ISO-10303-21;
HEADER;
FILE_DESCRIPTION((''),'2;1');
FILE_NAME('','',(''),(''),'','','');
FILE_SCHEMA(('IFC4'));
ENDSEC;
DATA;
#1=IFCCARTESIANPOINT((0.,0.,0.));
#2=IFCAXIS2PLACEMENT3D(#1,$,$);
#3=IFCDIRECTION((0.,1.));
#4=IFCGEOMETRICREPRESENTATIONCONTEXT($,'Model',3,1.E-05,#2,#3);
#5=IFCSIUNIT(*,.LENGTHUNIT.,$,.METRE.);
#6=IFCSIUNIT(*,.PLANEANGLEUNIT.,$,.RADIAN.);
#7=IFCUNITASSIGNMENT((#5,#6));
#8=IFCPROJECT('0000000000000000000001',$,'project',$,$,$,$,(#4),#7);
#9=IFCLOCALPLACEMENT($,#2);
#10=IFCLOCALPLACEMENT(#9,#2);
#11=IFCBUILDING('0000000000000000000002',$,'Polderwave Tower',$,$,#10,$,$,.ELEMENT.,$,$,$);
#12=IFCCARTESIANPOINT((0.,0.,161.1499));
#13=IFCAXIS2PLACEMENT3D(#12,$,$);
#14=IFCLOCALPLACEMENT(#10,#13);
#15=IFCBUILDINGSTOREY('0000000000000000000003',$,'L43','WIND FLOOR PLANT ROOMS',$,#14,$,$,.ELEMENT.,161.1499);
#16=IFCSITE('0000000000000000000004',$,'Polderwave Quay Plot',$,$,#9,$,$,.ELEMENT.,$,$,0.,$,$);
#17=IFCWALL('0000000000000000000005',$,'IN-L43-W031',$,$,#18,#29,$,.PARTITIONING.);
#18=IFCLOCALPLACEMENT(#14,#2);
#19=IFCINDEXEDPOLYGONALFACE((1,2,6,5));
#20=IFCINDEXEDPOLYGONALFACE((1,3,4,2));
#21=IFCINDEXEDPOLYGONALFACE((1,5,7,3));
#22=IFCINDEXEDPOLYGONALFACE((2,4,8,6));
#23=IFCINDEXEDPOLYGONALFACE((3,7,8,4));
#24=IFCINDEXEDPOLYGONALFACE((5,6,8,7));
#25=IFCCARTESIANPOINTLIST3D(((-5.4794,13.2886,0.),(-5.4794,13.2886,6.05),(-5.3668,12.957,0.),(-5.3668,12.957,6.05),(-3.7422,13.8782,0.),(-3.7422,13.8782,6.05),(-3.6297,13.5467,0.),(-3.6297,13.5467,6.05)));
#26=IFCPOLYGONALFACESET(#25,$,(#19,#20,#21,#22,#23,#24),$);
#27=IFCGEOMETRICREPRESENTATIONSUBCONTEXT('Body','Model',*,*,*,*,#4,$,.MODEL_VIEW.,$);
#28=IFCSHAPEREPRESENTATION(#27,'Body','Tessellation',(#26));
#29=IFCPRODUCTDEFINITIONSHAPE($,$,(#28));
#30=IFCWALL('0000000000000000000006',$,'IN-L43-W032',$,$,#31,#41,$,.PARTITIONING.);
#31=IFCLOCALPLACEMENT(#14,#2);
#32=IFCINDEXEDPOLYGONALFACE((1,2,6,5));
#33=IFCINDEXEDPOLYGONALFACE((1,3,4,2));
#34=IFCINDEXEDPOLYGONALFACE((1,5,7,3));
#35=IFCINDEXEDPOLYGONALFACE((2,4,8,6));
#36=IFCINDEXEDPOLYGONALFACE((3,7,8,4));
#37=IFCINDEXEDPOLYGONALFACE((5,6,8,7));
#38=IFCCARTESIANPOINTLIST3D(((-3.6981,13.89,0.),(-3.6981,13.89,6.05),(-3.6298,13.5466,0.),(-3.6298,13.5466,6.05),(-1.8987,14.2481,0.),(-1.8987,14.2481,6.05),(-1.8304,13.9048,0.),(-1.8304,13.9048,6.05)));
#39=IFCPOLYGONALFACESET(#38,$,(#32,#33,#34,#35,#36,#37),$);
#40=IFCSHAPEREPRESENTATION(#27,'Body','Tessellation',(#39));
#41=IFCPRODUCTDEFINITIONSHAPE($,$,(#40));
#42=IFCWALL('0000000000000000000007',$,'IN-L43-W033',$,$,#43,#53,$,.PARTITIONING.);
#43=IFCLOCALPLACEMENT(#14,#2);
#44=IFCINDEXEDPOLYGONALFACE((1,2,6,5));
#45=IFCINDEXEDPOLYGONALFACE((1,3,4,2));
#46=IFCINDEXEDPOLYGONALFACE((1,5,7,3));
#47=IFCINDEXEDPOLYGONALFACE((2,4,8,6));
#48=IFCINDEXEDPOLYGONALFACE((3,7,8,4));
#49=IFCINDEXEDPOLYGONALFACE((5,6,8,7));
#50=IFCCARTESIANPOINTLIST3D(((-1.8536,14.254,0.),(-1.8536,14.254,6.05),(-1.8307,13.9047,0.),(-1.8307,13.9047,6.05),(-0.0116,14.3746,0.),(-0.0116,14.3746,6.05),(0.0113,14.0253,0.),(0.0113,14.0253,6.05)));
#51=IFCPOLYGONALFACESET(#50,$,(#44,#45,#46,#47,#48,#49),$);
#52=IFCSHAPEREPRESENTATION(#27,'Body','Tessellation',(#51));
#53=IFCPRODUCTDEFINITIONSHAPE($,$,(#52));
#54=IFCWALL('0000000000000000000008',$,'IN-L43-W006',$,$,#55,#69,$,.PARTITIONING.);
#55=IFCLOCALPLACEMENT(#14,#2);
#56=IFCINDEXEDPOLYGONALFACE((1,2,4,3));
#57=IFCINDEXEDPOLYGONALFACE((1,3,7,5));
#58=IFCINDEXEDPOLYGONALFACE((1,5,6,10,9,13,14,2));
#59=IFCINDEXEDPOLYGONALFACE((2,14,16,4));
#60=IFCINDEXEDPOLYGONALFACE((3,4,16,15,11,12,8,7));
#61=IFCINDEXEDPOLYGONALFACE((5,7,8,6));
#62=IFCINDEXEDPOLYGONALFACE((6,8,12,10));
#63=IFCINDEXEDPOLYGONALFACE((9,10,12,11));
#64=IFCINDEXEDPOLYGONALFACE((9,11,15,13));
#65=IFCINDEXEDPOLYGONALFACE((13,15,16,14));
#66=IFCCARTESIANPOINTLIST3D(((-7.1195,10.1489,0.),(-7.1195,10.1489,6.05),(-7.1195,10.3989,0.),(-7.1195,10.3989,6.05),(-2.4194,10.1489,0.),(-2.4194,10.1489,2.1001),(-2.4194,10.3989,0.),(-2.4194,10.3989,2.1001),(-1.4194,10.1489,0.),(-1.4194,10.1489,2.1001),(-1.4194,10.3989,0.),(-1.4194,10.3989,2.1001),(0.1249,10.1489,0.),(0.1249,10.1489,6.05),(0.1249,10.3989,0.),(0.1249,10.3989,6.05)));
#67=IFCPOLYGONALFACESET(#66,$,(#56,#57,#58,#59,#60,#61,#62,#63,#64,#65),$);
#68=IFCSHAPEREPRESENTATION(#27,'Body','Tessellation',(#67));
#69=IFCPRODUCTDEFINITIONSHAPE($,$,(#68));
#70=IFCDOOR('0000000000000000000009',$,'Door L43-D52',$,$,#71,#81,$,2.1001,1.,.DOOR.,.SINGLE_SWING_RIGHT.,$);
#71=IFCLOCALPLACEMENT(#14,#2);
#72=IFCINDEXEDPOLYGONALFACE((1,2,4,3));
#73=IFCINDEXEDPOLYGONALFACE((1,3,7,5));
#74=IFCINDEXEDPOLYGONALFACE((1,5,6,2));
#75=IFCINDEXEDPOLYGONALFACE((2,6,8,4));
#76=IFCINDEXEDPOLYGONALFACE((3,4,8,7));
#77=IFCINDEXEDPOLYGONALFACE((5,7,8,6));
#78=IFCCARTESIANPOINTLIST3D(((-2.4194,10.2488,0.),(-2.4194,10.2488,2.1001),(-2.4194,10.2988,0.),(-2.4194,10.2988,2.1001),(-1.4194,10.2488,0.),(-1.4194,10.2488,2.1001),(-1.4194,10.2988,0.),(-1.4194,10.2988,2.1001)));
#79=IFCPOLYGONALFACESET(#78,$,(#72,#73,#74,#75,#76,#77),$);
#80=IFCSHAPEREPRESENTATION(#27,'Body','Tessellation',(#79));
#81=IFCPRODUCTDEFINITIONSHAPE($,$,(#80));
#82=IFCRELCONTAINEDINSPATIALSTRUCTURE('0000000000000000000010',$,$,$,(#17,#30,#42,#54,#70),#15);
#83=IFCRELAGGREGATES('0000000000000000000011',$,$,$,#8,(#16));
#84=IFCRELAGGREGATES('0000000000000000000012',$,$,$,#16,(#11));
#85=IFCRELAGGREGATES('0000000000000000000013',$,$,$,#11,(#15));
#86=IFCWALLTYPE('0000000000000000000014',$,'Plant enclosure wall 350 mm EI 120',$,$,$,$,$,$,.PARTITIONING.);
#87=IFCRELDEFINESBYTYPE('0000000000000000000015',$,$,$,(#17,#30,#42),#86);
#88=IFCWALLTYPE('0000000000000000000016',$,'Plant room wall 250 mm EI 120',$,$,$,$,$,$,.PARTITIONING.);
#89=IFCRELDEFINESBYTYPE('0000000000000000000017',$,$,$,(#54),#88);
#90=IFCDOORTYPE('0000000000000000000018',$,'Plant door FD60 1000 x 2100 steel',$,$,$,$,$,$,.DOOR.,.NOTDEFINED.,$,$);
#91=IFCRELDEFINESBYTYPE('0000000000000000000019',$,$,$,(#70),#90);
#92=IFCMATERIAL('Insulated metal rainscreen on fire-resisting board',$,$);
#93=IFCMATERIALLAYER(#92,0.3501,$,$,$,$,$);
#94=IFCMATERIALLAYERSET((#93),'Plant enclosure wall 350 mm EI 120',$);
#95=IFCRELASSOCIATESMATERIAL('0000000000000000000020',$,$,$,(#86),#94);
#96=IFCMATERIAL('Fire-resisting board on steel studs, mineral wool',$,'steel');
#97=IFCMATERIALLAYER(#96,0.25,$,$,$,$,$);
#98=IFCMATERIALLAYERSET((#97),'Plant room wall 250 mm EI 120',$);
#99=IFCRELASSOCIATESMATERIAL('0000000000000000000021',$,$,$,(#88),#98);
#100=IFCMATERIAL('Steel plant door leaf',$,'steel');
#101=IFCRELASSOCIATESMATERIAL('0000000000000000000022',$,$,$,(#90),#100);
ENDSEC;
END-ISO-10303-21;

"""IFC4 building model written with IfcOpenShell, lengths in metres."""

from ifc_helpers import new_model, si_unit, direction, frame, frame_2d, origin, place, context, subcontext, project, spatial, rectangle, extrude, material, layer, layer_set, type_object, element, fill, save


model = new_model("IFC4")

# Units and contexts
model_context = context("Model", 3, precision=1e-05, world=origin(), true_north=direction((0.0, 1.0)))
body_context = subcontext(model_context, "Body", "Model", "MODEL_VIEW")
ifc_project = project(units=[si_unit("LENGTHUNIT", "METRE"), si_unit("PLANEANGLEUNIT", "RADIAN")], contexts=[model_context])

# Site, building, storey
site_placement = place(None, origin())
site = spatial("IfcSite", under=ifc_project, at=site_placement, Name="Polderwave Quay Plot", CompositionType="ELEMENT", RefElevation=0.0)
building_placement = place(site_placement, origin())
building = spatial("IfcBuilding", under=site, at=building_placement, Name="Polderwave Tower", CompositionType="ELEMENT")
storey_placement = place(building_placement, frame((0.0, 0.0, 161.1499)))
storey = spatial("IfcBuildingStorey", under=building, at=storey_placement, Name="L43", Description="WIND FLOOR PLANT ROOMS", CompositionType="ELEMENT", Elevation=161.1499)

# Walls
ifc_material_1 = material(Name="Insulated metal rainscreen on fire-resisting board")
ifc_layer_1 = layer(ifc_material_1, 0.3501)
ifc_layer_set_1 = layer_set([ifc_layer_1], Name="Plant enclosure wall 350 mm EI 120")
wall_type_1 = type_object("IfcWallType", Name="Plant enclosure wall 350 mm EI 120", PredefinedType="PARTITIONING", material=ifc_layer_set_1)
for number, where, z_axis, x_axis, name in (
    (1, (-5.4231, 13.1228, 0.0), (0.0, 0.0, 1.0), (0.946939, 0.321414, 0.0), "IN-L43-W031"),
):
    element("IfcWall", number, at=place(storey_placement, frame(where, z_axis=z_axis, x_axis=x_axis)), inside=storey, type_object=wall_type_1, Name=name, PredefinedType="PARTITIONING", context=body_context, shape_type="SweptSolid", body=[
        extrude(rectangle(XDim=1.8345, YDim=0.3501, at=frame_2d((0.9172, 0.0))), origin(), (0.0, 0.0, 1.0), 6.05),
    ])
wall_1_placement = place(storey_placement, frame((-3.6641, 13.7183, 0.0), z_axis=(0.0, 0.0, 1.0), x_axis=(0.980759, 0.19522, 0.0)))
element("IfcWall", 2, at=wall_1_placement, inside=storey, type_object=wall_type_1, Name="IN-L43-W032", PredefinedType="PARTITIONING", context=body_context, shape_type="SweptSolid", body=[
    extrude(rectangle(XDim=1.8347, YDim=0.3501, at=frame_2d((0.9175, 0.0))), origin(), (0.0, 0.0, 1.0), 6.05),
])
wall_2_placement = place(storey_placement, frame((-1.842, 14.0793, 0.0), z_axis=(0.0, 0.0, 1.0), x_axis=(0.997863, 0.065334, 0.0)))
element("IfcWall", 3, at=wall_2_placement, inside=storey, type_object=wall_type_1, Name="IN-L43-W033", PredefinedType="PARTITIONING", context=body_context, shape_type="SweptSolid", body=[
    extrude(rectangle(XDim=1.8459, YDim=0.3501, at=frame_2d((0.9229, 0.0))), origin(), (0.0, 0.0, 1.0), 6.05),
])

# Wall, opening, door
ifc_material_2 = material(Name="Fire-resisting board on steel studs, mineral wool", Category="steel")
ifc_layer_2 = layer(ifc_material_2, 0.25)
ifc_layer_set_2 = layer_set([ifc_layer_2], Name="Plant room wall 250 mm EI 120")
wall_type_2 = type_object("IfcWallType", Name="Plant room wall 250 mm EI 120", PredefinedType="PARTITIONING", material=ifc_layer_set_2)
wall_3_placement = place(storey_placement, frame((-7.1194, 10.2739, 0.0), z_axis=(0.0, 0.0, 1.0), x_axis=(1.0, 0.0, 0.0)))
wall_3 = element("IfcWall", 4, at=wall_3_placement, inside=storey, type_object=wall_type_2, Name="IN-L43-W006", PredefinedType="PARTITIONING", context=body_context, shape_type="SweptSolid", body=[
    extrude(rectangle(XDim=7.2444, YDim=0.25, at=frame_2d((3.6221, 0.0))), origin(), (0.0, 0.0, 1.0), 6.05),
])
opening_placement = place(wall_3_placement, frame((4.7, 0.0, 0.0)))
opening = element("IfcOpeningElement", 5, at=opening_placement, cuts=wall_3, PredefinedType="OPENING", context=body_context, shape_type="SweptSolid", body=[
    extrude(rectangle(XDim=1.0, YDim=2.1001, at=frame_2d((0.5, 1.05))), frame((0.0, 0.135, 0.0), z_axis=(0.0, -1.0, 0.0), x_axis=(1.0, 0.0, 0.0)), (0.0, 0.0, 1.0), 0.27),
])
ifc_material_3 = material(Name="Steel plant door leaf", Category="steel")
door_type = type_object("IfcDoorType", Name="Plant door FD60 1000 x 2100 steel", OperationType="NOTDEFINED", PredefinedType="DOOR", material=ifc_material_3)
door_placement = place(opening_placement, origin())
door = element("IfcDoor", 6, at=door_placement, inside=storey, type_object=door_type, Name="Door L43-D52", OperationType="SINGLE_SWING_RIGHT", OverallHeight=2.1001, OverallWidth=1.0, PredefinedType="DOOR", context=body_context, shape_type="SweptSolid", body=[
    extrude(rectangle(XDim=1.0, YDim=2.1001, at=frame_2d((0.5, 1.05))), frame((0.0, 0.0249, 0.0), z_axis=(0.0, -1.0, 0.0), x_axis=(1.0, 0.0, 0.0)), (0.0, 0.0, 1.0), 0.05),
])
fill(opening, door)

save(model, "model.ifc")
